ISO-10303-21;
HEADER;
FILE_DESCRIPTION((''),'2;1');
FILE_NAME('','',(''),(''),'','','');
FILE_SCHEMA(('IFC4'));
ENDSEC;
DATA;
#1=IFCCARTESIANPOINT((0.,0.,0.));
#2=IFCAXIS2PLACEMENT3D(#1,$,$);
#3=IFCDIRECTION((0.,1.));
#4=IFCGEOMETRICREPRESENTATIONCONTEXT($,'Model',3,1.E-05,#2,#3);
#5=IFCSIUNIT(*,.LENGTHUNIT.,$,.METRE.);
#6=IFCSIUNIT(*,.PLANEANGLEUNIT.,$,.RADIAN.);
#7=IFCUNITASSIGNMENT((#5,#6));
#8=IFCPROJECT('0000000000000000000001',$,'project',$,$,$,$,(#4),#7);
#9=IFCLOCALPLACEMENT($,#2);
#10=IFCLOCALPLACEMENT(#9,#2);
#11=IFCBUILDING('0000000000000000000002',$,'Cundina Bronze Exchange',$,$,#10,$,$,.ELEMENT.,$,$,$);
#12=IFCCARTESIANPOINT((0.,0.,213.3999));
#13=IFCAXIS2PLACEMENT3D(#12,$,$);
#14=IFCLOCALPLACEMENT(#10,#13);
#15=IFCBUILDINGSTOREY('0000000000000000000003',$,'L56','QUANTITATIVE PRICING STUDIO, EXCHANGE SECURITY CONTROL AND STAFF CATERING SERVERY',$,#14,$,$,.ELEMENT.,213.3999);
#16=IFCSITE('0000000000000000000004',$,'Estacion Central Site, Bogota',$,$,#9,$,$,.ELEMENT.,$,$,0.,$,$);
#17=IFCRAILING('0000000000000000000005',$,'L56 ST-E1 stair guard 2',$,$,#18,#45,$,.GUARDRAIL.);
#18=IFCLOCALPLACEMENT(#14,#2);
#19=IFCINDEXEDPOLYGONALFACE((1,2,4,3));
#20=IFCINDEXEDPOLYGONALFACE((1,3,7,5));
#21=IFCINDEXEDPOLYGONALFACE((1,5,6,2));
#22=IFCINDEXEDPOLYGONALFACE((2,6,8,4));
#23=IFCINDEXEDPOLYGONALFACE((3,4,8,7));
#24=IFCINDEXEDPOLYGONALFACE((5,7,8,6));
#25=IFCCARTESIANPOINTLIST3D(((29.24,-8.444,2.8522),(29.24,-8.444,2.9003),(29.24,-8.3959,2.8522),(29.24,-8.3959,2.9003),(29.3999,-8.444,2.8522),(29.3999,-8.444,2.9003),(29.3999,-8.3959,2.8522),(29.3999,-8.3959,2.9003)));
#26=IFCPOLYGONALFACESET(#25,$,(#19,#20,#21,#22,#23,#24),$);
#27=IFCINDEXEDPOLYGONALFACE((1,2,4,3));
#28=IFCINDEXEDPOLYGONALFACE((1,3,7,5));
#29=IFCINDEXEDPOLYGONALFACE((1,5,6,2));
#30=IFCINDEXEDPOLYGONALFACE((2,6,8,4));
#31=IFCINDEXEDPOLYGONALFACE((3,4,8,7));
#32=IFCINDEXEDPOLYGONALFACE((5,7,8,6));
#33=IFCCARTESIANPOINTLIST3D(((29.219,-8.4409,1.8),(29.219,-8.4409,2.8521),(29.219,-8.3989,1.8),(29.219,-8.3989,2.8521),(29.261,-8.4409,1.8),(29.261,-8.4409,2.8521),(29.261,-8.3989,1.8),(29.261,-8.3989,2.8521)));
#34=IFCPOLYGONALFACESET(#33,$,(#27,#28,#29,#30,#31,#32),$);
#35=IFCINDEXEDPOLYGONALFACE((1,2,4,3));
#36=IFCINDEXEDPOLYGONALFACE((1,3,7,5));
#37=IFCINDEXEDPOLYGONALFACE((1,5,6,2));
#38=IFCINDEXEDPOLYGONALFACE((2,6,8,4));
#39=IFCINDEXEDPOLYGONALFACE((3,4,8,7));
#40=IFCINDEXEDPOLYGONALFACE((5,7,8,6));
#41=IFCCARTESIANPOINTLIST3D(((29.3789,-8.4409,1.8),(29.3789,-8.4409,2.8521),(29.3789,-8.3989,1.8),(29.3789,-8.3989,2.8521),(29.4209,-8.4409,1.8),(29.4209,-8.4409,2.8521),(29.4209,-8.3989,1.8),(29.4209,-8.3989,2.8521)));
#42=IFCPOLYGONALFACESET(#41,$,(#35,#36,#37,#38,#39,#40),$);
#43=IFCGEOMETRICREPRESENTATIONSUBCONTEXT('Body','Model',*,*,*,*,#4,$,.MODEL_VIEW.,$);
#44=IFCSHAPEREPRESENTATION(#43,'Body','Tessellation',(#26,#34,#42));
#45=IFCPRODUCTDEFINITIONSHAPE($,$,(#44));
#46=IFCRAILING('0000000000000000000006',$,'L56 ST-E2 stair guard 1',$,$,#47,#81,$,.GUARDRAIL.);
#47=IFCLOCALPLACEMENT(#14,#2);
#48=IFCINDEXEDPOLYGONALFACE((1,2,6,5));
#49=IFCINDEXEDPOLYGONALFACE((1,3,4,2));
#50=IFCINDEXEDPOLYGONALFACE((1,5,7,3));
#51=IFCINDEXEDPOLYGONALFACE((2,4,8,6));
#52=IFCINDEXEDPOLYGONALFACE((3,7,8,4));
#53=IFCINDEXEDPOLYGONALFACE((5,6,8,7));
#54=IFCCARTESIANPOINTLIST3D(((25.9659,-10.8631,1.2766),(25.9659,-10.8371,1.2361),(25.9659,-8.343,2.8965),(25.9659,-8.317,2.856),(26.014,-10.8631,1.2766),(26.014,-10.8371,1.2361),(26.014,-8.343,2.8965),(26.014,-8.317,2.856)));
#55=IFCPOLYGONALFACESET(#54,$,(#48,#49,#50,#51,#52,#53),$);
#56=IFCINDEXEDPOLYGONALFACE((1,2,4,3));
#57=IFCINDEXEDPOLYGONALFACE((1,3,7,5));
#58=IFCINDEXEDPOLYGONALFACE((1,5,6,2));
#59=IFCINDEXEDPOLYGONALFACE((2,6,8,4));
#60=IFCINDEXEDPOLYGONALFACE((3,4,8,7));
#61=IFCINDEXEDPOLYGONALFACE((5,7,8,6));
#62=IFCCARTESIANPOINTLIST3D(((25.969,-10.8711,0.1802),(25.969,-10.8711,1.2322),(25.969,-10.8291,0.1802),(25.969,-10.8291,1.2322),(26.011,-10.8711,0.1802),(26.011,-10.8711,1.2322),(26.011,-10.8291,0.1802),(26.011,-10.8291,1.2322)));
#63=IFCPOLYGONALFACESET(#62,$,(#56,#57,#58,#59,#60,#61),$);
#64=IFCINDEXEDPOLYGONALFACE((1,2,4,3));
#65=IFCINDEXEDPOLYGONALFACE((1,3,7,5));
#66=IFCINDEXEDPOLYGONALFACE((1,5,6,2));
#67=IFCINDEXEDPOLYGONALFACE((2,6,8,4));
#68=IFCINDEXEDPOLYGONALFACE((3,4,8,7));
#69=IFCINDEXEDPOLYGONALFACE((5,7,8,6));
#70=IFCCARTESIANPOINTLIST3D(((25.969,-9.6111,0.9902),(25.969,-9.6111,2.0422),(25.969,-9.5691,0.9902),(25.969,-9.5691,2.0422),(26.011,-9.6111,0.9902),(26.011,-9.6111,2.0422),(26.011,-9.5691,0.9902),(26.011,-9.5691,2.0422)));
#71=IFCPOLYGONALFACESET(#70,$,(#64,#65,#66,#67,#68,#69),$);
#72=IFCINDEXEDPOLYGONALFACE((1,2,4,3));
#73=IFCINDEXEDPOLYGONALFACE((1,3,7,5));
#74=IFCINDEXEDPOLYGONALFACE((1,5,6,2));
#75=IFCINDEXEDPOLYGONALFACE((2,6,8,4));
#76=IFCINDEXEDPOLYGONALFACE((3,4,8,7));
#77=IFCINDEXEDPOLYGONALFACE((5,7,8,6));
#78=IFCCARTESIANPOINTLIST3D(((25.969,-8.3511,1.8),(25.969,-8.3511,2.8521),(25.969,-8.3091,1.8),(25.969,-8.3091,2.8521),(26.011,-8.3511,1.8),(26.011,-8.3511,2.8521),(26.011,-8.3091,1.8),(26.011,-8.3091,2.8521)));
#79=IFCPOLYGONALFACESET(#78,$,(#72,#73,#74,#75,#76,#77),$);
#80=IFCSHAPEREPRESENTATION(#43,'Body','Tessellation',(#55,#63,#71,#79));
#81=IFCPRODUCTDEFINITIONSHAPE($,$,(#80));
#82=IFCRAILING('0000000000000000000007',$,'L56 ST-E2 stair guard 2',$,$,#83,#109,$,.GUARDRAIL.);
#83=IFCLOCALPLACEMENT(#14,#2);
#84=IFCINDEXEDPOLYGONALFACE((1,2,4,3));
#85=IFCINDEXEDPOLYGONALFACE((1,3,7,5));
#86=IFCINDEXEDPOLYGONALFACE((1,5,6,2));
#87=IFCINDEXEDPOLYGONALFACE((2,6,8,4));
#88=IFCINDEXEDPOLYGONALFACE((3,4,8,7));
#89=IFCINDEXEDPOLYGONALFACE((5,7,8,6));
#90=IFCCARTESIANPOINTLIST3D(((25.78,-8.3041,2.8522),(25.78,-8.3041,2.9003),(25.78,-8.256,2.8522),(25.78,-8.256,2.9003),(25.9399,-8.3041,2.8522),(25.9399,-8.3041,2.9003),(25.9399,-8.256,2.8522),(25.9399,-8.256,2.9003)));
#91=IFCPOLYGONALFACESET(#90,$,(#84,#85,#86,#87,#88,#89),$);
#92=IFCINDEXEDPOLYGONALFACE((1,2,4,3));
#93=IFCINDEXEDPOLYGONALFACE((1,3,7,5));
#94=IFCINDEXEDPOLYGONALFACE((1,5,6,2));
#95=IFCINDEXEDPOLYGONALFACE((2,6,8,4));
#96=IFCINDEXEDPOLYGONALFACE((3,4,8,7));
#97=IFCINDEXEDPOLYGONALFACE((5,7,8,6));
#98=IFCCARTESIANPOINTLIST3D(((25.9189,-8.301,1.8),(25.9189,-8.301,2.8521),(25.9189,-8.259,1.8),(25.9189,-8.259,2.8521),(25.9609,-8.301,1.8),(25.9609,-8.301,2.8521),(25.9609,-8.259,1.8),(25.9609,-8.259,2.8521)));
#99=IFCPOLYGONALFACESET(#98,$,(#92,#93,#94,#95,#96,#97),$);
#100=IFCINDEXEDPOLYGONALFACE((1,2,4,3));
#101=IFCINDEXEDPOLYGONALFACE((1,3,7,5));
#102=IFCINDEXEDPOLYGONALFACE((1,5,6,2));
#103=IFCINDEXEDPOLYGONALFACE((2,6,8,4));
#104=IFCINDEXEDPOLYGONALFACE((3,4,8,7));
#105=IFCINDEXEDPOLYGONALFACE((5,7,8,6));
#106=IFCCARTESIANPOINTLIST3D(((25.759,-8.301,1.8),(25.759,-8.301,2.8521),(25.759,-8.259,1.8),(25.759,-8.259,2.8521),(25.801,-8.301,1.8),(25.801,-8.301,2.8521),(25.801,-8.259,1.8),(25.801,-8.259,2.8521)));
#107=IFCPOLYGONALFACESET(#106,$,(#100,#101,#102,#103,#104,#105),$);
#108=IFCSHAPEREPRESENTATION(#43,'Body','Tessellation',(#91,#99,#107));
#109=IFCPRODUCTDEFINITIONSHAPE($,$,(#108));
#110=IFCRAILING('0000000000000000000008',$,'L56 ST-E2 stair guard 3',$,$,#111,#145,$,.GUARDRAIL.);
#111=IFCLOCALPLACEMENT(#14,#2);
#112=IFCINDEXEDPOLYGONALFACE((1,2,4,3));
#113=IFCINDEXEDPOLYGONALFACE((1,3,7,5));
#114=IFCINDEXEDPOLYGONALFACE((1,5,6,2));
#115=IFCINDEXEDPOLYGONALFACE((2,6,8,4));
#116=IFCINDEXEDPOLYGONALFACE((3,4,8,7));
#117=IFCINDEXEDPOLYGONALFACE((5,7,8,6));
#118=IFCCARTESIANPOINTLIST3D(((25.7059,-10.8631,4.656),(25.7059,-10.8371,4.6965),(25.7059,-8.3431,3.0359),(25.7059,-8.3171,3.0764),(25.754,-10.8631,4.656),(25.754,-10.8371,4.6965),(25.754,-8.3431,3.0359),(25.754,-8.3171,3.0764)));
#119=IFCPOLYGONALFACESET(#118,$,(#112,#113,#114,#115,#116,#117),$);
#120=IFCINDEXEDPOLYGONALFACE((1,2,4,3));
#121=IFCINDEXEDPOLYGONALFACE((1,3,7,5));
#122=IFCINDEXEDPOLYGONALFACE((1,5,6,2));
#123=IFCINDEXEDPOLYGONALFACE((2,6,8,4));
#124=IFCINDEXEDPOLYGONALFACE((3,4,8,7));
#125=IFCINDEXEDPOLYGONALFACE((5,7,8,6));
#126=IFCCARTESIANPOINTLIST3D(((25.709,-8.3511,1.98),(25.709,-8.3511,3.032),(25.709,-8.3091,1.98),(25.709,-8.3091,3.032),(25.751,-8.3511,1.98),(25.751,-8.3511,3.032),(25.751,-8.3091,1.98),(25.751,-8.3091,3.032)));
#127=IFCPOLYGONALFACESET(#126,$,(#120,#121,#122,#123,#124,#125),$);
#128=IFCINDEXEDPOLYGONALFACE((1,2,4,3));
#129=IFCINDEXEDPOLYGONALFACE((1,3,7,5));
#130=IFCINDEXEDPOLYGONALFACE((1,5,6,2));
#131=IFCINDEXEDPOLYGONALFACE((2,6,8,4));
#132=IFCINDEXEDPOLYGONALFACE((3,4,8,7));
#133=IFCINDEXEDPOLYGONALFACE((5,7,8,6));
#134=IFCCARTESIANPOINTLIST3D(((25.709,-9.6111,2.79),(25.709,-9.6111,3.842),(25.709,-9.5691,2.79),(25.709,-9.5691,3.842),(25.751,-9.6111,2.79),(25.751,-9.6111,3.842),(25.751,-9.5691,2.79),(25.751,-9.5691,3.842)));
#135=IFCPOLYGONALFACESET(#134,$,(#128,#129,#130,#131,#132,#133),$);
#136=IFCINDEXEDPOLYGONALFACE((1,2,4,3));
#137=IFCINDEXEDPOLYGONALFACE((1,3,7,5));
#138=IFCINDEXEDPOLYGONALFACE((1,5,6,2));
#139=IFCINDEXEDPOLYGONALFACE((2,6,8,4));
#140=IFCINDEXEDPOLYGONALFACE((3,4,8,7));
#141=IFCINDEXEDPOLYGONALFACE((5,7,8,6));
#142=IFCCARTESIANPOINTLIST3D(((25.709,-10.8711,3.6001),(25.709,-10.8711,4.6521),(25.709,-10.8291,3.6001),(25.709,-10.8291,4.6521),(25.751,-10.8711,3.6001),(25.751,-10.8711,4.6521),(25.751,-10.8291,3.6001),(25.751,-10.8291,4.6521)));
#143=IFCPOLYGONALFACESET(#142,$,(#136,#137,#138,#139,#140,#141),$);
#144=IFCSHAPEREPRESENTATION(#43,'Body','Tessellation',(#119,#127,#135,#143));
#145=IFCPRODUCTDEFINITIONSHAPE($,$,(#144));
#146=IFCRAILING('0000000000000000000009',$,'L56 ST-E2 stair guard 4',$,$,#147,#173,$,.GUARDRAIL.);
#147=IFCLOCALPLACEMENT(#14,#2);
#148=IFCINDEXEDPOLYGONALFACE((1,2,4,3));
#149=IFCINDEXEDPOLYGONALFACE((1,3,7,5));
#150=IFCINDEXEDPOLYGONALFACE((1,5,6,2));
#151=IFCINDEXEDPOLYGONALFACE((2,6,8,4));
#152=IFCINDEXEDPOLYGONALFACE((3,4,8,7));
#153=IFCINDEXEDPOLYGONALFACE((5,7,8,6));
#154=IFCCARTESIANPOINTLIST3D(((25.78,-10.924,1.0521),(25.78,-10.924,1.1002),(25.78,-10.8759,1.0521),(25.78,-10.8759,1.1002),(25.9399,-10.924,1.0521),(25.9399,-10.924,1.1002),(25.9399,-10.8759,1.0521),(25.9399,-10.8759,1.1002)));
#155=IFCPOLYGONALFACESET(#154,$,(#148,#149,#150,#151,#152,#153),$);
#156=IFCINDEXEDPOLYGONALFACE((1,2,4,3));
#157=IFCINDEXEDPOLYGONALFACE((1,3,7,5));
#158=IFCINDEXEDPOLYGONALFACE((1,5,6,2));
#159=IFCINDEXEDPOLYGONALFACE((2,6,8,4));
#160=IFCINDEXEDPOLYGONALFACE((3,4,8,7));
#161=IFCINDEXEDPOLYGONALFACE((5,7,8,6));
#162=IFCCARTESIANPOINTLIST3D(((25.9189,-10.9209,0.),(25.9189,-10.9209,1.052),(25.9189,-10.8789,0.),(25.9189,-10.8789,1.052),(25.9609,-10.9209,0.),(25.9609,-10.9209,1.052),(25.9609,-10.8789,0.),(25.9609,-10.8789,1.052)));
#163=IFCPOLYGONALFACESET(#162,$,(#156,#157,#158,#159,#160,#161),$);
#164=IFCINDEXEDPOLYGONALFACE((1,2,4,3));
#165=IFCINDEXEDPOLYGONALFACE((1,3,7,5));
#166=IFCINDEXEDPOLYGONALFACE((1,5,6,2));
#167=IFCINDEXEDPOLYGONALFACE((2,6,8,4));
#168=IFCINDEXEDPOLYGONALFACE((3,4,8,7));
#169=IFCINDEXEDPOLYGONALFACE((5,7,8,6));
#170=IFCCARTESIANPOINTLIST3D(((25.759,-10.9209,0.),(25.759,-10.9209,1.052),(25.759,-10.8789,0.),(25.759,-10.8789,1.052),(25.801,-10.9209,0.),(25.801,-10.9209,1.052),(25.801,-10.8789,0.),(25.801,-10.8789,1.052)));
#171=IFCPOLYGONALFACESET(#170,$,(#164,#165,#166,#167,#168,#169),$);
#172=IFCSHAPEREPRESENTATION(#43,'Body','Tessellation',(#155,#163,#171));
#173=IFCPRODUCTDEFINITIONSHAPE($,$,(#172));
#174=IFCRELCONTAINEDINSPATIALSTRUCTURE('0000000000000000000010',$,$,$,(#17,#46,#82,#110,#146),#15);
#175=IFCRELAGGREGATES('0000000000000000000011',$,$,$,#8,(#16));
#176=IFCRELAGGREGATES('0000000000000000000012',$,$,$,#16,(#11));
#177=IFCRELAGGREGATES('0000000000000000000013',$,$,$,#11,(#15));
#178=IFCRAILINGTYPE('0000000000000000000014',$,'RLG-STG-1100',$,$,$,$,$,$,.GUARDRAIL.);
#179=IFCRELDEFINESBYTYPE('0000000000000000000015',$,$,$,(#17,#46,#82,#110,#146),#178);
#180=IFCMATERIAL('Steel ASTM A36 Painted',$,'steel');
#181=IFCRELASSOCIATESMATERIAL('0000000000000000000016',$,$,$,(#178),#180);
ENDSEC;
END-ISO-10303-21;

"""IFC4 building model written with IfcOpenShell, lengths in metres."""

from ifc_helpers import new_model, si_unit, direction, frame, origin, origin_2d, place, context, subcontext, project, spatial, rectangle, extrude, material, type_object, element, save


model = new_model("IFC4")

# Units and contexts
model_context = context("Model", 3, precision=1e-05, world=origin(), true_north=direction((0.0, 1.0)))
body_context = subcontext(model_context, "Body", "Model", "MODEL_VIEW")
ifc_project = project(units=[si_unit("LENGTHUNIT", "METRE"), si_unit("PLANEANGLEUNIT", "RADIAN")], contexts=[model_context])

# Site, building, storey
site_placement = place(None, origin())
site = spatial("IfcSite", under=ifc_project, at=site_placement, Name="Estacion Central Site, Bogota", CompositionType="ELEMENT", RefElevation=0.0)
building_placement = place(site_placement, origin())
building = spatial("IfcBuilding", under=site, at=building_placement, Name="Cundina Bronze Exchange", CompositionType="ELEMENT")
storey_placement = place(building_placement, frame((0.0, 0.0, 213.3999)))
storey = spatial("IfcBuildingStorey", under=building, at=storey_placement, Name="L56", Description="QUANTITATIVE PRICING STUDIO, EXCHANGE SECURITY CONTROL AND STAFF CATERING SERVERY", CompositionType="ELEMENT", Elevation=213.3999)

# Shared definitions
ifc_material_1 = material(Name="Steel ASTM A36 Painted", Category="steel")

# Railings
railing_type_1 = type_object("IfcRailingType", Name="RLG-STG-1100", PredefinedType="GUARDRAIL", material=ifc_material_1)
railing_1_placement = place(storey_placement, frame((29.24, -8.4199, 1.8)))
element("IfcRailing", 1, at=railing_1_placement, inside=storey, type_object=railing_type_1, Name="L56 ST-E1 stair guard 2", PredefinedType="GUARDRAIL", context=body_context, shape_type="SweptSolid", body=[
    extrude(rectangle(XDim=0.0481, YDim=0.0481, at=origin_2d()), frame((0.0, 0.0, 1.0762), z_axis=(1.0, 0.0, 0.0), x_axis=(0.0, 1.0, 0.0)), (0.0, 0.0, 1.0), 0.1599),
    extrude(rectangle(XDim=0.042, YDim=0.042, at=origin_2d()), origin(), (0.0, 0.0, 1.0), 1.052),
    extrude(rectangle(XDim=0.042, YDim=0.042, at=origin_2d()), frame((0.1599, 0.0, 0.0)), (0.0, 0.0, 1.0), 1.052),
])
railing_2_placement = place(storey_placement, frame((25.99, -10.8501, 0.1802)))
element("IfcRailing", 2, at=railing_2_placement, inside=storey, type_object=railing_type_1, Name="L56 ST-E2 stair guard 1", PredefinedType="GUARDRAIL", context=body_context, shape_type="SweptSolid", body=[
    extrude(rectangle(XDim=0.0481, YDim=0.0481, at=origin_2d()), frame((0.0, 0.0, 1.0762), z_axis=(0.0, 0.8412, 0.540725), x_axis=(-1.0, 0.0, 0.0)), (0.0, 0.0, 1.0), 2.9958),
    extrude(rectangle(XDim=0.042, YDim=0.042, at=origin_2d()), origin(), (0.0, 0.0, 1.0), 1.052),
    extrude(rectangle(XDim=0.042, YDim=0.042, at=origin_2d()), frame((0.0, 1.26, 0.8101)), (0.0, 0.0, 1.0), 1.052),
    extrude(rectangle(XDim=0.042, YDim=0.042, at=origin_2d()), frame((0.0, 2.52, 1.6199)), (0.0, 0.0, 1.0), 1.052),
])
railing_3_placement = place(storey_placement, frame((25.9399, -8.28, 1.8)))
element("IfcRailing", 3, at=railing_3_placement, inside=storey, type_object=railing_type_1, Name="L56 ST-E2 stair guard 2", PredefinedType="GUARDRAIL", context=body_context, shape_type="SweptSolid", body=[
    extrude(rectangle(XDim=0.0481, YDim=0.0481, at=origin_2d()), frame((0.0, 0.0, 1.0762), z_axis=(-1.0, 0.0, 0.0), x_axis=(0.0, -1.0, 0.0)), (0.0, 0.0, 1.0), 0.1599),
    extrude(rectangle(XDim=0.042, YDim=0.042, at=origin_2d()), origin(), (0.0, 0.0, 1.0), 1.052),
    extrude(rectangle(XDim=0.042, YDim=0.042, at=origin_2d()), frame((-0.1599, 0.0, 0.0)), (0.0, 0.0, 1.0), 1.052),
])
railing_4_placement = place(storey_placement, frame((25.73, -8.3301, 1.98)))
element("IfcRailing", 4, at=railing_4_placement, inside=storey, type_object=railing_type_1, Name="L56 ST-E2 stair guard 3", PredefinedType="GUARDRAIL", context=body_context, shape_type="SweptSolid", body=[
    extrude(rectangle(XDim=0.0481, YDim=0.0481, at=origin_2d()), frame((0.0, 0.0, 1.0762), z_axis=(0.0, -0.841163, 0.540782), x_axis=(1.0, 0.0, 0.0)), (0.0, 0.0, 1.0), 2.9958),
    extrude(rectangle(XDim=0.042, YDim=0.042, at=origin_2d()), origin(), (0.0, 0.0, 1.0), 1.052),
    extrude(rectangle(XDim=0.042, YDim=0.042, at=origin_2d()), frame((0.0, -1.26, 0.8101)), (0.0, 0.0, 1.0), 1.052),
    extrude(rectangle(XDim=0.042, YDim=0.042, at=origin_2d()), frame((0.0, -2.52, 1.6201)), (0.0, 0.0, 1.0), 1.052),
])
railing_5_placement = place(storey_placement, frame((25.9399, -10.8999, 0.0)))
element("IfcRailing", 5, at=railing_5_placement, inside=storey, type_object=railing_type_1, Name="L56 ST-E2 stair guard 4", PredefinedType="GUARDRAIL", context=body_context, shape_type="SweptSolid", body=[
    extrude(rectangle(XDim=0.0481, YDim=0.0481, at=origin_2d()), frame((0.0, 0.0, 1.0762), z_axis=(-1.0, 0.0, 0.0), x_axis=(0.0, -1.0, 0.0)), (0.0, 0.0, 1.0), 0.1599),
    extrude(rectangle(XDim=0.042, YDim=0.042, at=origin_2d()), origin(), (0.0, 0.0, 1.0), 1.052),
    extrude(rectangle(XDim=0.042, YDim=0.042, at=origin_2d()), frame((-0.1599, 0.0, 0.0)), (0.0, 0.0, 1.0), 1.052),
])

save(model, "model.ifc")
